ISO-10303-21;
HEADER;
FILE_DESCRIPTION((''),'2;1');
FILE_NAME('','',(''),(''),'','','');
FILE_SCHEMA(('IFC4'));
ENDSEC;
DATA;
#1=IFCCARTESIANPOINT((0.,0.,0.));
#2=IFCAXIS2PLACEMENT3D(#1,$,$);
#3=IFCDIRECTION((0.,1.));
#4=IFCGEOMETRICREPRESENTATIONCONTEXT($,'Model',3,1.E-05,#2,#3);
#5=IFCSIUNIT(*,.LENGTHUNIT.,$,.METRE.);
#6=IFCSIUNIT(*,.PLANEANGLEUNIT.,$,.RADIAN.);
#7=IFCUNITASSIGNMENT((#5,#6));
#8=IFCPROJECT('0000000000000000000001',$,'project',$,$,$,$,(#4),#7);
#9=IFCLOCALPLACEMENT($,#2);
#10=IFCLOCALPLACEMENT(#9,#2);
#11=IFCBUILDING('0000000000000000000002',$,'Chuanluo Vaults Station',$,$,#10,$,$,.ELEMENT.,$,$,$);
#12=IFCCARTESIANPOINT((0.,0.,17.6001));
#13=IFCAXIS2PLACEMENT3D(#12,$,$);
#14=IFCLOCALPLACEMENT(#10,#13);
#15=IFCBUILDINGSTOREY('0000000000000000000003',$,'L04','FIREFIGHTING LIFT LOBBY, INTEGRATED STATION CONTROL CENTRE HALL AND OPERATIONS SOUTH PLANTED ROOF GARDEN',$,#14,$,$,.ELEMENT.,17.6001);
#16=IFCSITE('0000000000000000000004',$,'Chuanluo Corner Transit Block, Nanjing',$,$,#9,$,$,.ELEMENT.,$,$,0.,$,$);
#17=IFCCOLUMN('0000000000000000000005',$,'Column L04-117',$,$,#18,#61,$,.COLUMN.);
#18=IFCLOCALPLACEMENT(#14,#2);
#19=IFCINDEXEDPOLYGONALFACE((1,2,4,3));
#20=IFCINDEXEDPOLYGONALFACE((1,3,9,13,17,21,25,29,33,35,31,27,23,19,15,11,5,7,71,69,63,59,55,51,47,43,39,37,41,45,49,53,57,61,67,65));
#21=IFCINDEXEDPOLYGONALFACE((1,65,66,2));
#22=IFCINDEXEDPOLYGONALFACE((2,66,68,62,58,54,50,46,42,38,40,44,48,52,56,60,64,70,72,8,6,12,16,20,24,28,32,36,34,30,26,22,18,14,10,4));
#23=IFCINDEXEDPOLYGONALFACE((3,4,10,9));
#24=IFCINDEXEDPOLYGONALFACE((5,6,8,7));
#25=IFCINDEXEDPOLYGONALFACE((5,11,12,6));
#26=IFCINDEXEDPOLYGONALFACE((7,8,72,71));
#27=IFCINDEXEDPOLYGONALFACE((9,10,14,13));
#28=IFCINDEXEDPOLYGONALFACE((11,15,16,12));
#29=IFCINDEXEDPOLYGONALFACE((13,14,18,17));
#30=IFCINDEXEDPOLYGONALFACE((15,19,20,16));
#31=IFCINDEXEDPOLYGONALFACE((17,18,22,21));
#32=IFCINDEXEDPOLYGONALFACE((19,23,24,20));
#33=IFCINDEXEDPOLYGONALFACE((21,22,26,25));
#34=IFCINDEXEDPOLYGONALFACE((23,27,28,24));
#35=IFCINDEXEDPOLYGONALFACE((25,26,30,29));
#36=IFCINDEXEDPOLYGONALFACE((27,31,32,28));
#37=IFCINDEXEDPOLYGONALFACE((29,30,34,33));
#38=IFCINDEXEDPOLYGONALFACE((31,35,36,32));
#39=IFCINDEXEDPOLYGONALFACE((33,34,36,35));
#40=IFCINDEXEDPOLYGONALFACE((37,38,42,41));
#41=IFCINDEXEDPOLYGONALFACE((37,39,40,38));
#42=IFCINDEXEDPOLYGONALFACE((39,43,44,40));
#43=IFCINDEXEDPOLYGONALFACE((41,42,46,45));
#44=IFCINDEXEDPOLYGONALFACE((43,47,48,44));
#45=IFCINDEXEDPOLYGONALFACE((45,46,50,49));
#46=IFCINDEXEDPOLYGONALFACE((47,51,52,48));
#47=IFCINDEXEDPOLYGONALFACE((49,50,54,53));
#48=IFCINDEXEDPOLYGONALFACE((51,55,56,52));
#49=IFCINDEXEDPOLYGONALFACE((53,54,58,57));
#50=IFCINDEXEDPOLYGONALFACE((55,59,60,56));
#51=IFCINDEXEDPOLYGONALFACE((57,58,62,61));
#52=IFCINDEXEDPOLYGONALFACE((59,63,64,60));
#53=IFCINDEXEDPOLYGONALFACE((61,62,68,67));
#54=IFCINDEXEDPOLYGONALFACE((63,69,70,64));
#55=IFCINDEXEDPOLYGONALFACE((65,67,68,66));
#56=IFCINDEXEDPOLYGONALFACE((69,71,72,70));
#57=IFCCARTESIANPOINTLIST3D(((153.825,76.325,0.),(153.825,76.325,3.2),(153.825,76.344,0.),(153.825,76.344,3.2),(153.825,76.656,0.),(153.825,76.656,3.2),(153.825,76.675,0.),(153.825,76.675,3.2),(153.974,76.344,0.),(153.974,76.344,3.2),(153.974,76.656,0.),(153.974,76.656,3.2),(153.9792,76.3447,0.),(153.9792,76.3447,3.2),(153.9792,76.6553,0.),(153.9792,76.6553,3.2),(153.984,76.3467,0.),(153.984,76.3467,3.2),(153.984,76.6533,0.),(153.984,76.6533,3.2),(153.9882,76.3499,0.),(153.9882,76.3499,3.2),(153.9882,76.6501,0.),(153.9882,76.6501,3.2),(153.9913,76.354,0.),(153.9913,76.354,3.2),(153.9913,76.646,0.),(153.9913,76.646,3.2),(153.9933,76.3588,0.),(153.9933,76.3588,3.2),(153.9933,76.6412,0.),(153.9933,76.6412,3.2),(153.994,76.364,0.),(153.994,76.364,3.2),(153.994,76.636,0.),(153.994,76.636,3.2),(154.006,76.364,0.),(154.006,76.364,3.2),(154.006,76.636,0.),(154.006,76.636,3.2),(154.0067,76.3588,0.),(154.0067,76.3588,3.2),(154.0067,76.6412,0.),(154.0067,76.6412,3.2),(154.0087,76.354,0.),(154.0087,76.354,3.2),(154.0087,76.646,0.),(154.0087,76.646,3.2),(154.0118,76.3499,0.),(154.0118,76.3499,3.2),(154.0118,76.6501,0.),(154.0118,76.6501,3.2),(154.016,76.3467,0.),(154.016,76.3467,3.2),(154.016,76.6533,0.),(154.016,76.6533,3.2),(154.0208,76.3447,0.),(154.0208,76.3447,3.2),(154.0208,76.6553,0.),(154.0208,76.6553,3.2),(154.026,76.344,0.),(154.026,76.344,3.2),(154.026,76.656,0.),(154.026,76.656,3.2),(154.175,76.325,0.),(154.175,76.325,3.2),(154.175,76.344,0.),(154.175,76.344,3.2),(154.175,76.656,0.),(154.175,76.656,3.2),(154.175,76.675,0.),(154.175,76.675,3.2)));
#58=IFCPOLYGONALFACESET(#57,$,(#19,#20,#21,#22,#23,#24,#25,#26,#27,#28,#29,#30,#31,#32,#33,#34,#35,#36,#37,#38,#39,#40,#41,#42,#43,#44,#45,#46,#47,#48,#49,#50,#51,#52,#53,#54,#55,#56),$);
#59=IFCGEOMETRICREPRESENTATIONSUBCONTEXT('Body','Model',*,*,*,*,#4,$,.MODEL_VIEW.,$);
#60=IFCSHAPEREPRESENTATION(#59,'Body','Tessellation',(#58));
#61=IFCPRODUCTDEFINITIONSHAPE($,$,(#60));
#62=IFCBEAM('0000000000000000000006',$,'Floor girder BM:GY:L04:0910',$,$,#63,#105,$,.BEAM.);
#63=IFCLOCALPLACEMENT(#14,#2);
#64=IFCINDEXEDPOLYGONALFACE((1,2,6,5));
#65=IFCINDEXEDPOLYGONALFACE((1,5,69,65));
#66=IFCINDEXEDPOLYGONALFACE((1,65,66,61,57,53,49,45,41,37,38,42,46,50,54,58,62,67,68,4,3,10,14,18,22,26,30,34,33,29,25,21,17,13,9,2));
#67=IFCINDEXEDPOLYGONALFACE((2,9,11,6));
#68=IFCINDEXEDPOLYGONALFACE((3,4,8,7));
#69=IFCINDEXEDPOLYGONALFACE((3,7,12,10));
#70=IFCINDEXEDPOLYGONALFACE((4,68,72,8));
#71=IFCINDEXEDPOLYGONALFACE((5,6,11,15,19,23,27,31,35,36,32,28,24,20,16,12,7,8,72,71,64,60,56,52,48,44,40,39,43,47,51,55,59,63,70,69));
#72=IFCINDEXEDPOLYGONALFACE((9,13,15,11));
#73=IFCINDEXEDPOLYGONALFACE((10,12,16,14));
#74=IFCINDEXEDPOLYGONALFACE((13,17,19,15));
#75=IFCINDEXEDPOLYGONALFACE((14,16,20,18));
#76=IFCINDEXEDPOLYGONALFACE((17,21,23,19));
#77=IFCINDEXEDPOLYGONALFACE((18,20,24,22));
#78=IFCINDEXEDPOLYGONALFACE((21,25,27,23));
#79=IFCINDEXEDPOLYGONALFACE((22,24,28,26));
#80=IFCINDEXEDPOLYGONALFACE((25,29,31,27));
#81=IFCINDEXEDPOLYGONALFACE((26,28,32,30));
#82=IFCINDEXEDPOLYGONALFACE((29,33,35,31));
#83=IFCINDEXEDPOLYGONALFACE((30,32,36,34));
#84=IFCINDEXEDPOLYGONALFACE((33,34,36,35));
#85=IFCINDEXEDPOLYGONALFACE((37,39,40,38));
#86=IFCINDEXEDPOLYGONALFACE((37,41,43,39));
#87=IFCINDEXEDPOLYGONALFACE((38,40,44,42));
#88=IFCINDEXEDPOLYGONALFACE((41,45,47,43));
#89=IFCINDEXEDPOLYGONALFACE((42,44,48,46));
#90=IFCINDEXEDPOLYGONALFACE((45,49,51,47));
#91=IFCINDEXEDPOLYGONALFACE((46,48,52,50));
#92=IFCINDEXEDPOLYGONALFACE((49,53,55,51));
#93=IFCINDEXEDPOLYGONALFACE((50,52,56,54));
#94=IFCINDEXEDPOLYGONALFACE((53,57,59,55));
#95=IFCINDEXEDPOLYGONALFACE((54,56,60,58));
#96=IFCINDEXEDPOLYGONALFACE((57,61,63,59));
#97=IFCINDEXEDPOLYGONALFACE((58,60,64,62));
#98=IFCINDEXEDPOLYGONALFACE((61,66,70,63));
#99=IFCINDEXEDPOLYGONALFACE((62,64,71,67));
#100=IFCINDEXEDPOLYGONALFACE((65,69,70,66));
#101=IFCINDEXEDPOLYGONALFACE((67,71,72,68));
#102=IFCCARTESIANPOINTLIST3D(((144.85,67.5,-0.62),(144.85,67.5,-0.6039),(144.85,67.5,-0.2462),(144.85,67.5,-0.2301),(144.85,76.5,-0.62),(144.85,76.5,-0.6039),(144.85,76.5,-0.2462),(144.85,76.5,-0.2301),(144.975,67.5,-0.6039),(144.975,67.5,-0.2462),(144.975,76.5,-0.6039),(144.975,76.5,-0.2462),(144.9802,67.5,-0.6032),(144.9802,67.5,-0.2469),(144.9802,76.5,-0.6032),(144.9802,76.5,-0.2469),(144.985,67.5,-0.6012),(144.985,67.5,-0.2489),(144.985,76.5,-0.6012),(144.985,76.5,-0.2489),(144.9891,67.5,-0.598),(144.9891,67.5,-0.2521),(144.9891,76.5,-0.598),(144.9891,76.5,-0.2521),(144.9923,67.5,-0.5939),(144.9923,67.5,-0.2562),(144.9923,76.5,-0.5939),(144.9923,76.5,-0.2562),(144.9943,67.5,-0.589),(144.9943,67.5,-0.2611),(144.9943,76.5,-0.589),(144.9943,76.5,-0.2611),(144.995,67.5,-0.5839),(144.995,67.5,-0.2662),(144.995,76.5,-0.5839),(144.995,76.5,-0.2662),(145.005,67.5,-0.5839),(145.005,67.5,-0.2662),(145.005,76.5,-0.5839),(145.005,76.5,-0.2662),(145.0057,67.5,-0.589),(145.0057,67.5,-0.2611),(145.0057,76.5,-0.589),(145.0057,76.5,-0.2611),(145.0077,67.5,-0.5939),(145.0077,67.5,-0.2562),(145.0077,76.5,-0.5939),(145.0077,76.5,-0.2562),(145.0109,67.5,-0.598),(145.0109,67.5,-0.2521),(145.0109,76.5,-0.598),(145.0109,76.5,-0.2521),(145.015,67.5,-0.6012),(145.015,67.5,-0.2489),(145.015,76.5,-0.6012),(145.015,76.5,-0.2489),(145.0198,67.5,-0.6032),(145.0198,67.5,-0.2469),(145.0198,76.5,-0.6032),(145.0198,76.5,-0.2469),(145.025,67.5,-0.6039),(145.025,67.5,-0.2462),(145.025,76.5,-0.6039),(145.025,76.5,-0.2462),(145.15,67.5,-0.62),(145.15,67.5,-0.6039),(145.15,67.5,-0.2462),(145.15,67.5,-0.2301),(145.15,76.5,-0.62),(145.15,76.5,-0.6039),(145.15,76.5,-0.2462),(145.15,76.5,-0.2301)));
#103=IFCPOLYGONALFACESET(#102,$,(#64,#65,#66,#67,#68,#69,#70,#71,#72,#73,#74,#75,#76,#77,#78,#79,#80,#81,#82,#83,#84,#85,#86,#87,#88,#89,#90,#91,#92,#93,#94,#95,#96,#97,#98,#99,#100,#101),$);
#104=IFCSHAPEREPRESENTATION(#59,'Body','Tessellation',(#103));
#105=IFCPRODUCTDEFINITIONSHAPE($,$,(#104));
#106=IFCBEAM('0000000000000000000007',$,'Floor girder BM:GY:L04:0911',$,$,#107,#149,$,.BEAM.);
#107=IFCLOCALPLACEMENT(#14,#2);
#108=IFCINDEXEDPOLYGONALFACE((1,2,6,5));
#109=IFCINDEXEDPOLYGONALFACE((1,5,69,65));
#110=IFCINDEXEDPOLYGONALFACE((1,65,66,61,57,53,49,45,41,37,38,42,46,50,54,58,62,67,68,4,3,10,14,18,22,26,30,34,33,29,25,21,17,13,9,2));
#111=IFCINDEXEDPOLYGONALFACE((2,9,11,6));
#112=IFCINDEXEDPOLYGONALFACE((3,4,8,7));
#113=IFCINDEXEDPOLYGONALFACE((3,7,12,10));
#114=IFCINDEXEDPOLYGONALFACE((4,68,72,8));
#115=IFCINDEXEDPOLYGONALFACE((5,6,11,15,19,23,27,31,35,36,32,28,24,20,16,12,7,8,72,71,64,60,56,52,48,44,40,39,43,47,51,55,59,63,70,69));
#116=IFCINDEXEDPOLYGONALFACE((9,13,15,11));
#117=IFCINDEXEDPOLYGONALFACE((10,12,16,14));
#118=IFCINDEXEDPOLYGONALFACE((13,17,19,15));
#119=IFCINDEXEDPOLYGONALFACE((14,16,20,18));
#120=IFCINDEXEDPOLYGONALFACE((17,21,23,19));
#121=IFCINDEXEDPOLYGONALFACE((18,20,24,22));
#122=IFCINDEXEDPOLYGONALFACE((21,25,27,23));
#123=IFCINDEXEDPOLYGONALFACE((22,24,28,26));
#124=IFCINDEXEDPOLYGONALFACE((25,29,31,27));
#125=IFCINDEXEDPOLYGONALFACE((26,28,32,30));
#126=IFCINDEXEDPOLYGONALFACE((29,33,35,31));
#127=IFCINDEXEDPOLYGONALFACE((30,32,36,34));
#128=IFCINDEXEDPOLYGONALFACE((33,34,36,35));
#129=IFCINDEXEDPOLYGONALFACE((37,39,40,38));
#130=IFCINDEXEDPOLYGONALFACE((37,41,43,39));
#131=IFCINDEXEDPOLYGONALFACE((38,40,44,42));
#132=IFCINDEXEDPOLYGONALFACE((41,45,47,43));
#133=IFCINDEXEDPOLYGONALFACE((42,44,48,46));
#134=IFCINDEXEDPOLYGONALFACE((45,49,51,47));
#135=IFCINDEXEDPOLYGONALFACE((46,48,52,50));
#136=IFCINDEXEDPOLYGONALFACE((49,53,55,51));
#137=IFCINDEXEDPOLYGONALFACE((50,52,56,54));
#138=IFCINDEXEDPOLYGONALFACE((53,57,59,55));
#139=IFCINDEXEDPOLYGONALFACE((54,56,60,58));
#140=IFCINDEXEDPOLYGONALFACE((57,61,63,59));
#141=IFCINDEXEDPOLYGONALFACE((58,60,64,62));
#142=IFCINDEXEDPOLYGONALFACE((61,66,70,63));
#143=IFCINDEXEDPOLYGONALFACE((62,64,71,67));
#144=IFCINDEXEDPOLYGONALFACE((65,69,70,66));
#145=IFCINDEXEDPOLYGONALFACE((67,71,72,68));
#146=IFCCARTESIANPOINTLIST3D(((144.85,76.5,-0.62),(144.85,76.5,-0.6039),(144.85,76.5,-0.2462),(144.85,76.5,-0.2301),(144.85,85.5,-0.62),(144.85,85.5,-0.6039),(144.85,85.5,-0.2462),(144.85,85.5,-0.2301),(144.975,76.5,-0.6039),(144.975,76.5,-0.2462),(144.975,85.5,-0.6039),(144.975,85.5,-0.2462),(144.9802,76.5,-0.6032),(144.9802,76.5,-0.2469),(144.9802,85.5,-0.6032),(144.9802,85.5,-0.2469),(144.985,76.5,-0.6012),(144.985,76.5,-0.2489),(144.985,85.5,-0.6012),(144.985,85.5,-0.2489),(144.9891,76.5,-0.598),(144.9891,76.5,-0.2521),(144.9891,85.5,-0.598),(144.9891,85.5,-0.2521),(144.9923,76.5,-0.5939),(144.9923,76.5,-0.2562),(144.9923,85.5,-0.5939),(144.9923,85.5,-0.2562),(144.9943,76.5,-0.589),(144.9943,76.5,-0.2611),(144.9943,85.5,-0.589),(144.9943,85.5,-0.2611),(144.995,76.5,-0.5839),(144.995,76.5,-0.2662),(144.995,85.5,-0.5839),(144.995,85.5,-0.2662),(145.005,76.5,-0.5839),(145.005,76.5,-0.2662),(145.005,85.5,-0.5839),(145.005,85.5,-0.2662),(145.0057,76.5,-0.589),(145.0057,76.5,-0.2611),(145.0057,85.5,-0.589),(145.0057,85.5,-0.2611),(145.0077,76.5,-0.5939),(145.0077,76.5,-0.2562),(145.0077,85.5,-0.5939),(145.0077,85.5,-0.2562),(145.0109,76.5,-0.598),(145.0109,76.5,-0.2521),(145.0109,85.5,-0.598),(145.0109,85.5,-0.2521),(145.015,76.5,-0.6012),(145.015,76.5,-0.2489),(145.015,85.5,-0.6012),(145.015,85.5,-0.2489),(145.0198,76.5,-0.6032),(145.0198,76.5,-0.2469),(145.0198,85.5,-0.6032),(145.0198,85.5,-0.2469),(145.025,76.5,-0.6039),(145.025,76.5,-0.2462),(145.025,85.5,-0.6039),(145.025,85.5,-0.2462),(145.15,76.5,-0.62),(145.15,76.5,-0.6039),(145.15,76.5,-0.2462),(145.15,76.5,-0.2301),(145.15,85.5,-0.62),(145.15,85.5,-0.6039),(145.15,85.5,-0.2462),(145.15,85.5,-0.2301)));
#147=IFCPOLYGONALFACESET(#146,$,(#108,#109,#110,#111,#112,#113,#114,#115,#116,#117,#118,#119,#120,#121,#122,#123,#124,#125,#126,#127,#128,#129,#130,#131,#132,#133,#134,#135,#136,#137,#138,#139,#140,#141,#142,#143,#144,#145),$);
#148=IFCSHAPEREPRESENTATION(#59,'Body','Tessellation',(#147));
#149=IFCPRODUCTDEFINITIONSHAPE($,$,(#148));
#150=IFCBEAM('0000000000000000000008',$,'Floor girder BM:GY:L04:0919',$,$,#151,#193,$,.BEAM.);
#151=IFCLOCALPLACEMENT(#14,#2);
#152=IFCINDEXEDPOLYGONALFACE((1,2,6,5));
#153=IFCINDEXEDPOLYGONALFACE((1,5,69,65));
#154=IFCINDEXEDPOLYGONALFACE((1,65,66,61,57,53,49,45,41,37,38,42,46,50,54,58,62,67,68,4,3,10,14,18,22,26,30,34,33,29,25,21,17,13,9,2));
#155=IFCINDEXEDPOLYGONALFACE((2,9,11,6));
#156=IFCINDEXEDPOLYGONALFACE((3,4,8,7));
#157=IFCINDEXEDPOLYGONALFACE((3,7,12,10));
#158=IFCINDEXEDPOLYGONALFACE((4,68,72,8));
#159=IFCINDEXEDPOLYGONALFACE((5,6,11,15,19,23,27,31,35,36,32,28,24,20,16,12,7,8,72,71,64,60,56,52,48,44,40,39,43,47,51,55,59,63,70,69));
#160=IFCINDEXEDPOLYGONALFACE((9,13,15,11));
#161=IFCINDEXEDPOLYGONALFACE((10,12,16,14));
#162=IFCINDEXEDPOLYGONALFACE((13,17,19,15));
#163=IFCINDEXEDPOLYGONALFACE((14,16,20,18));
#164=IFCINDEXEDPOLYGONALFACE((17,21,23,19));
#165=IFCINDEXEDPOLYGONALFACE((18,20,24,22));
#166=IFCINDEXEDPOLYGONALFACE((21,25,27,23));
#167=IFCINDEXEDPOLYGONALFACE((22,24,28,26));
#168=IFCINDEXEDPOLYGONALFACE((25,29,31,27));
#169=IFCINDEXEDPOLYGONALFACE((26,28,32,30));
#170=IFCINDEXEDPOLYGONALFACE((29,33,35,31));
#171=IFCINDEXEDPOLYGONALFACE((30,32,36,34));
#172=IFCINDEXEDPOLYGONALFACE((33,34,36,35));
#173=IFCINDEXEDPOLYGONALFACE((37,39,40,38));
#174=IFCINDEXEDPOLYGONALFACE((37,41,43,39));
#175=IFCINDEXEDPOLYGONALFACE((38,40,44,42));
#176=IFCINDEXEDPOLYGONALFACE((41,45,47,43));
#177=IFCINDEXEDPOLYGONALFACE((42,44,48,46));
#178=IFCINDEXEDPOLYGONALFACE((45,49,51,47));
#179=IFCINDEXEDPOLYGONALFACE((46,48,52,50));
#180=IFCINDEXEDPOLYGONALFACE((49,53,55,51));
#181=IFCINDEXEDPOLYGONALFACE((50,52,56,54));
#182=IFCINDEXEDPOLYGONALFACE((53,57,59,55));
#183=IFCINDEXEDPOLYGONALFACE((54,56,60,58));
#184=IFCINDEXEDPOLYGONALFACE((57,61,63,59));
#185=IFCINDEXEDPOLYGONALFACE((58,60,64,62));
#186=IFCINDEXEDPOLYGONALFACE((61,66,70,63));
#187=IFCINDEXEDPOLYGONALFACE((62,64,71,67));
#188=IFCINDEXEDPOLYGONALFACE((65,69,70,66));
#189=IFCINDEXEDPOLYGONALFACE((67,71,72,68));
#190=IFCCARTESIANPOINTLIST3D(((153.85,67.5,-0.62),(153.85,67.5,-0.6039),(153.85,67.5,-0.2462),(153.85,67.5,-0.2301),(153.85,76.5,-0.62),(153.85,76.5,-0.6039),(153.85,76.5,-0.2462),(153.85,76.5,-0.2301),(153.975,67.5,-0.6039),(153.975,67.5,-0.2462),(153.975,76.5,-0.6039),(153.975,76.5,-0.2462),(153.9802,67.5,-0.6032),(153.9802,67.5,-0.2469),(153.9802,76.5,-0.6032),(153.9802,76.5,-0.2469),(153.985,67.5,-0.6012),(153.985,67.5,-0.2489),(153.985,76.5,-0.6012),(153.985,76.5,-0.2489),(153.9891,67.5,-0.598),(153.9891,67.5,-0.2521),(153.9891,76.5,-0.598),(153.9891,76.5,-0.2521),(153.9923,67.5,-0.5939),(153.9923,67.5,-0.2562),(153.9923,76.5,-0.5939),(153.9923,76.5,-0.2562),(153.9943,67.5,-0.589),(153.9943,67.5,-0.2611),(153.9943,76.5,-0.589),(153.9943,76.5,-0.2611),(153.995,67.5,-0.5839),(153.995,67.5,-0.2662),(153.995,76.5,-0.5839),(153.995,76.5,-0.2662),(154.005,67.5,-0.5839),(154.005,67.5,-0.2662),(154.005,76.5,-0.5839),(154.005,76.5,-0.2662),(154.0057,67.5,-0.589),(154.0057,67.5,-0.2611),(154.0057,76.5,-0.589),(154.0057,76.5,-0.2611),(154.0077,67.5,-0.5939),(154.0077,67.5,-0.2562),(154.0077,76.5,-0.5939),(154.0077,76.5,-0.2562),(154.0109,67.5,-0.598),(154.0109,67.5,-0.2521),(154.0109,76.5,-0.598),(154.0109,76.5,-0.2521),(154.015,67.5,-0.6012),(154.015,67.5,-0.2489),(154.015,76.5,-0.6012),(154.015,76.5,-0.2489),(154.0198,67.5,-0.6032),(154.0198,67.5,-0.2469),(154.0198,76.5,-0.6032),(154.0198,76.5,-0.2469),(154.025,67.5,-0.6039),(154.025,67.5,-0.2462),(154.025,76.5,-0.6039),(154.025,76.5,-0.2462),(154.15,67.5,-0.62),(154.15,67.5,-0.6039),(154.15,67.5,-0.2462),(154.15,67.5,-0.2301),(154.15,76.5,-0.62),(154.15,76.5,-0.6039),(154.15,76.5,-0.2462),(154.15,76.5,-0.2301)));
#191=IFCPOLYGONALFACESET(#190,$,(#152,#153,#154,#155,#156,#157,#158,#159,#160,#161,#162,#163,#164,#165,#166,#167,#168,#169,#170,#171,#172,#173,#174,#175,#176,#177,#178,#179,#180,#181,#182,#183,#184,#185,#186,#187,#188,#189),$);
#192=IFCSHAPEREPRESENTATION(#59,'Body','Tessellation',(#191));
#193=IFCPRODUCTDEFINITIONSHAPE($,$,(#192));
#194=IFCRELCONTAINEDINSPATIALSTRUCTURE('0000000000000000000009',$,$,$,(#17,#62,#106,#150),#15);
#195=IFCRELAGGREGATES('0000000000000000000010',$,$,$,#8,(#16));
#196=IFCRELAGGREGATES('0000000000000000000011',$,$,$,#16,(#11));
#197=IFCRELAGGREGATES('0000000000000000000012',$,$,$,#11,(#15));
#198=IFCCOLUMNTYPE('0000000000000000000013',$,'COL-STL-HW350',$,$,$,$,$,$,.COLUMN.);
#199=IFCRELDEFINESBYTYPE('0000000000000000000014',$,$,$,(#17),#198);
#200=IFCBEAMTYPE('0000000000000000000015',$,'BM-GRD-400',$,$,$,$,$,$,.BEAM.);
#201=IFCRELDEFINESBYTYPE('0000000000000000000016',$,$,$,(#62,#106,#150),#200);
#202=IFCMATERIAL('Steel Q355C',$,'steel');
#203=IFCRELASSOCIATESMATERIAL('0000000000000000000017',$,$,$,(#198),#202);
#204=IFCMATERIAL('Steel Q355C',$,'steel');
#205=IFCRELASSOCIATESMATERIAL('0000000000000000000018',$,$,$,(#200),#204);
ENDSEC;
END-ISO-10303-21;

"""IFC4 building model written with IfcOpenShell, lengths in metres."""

from ifc_helpers import new_model, si_unit, direction, frame, origin, origin_2d, place, context, subcontext, project, spatial, i_section, extrude, material, material_profile, profile_set, type_object, element, save


model = new_model("IFC4")

# Units and contexts
model_context = context("Model", 3, precision=1e-05, world=origin(), true_north=direction((0.0, 1.0)))
body_context = subcontext(model_context, "Body", "Model", "MODEL_VIEW")
ifc_project = project(units=[si_unit("LENGTHUNIT", "METRE"), si_unit("PLANEANGLEUNIT", "RADIAN")], contexts=[model_context])

# Site, building, storey
site_placement = place(None, origin())
site = spatial("IfcSite", under=ifc_project, at=site_placement, Name="Chuanluo Corner Transit Block, Nanjing", CompositionType="ELEMENT", RefElevation=0.0)
building_placement = place(site_placement, origin())
building = spatial("IfcBuilding", under=site, at=building_placement, Name="Chuanluo Vaults Station", CompositionType="ELEMENT")
storey_placement = place(building_placement, frame((0.0, 0.0, 17.6001)))
storey = spatial("IfcBuildingStorey", under=building, at=storey_placement, Name="L04", Description="FIREFIGHTING LIFT LOBBY, INTEGRATED STATION CONTROL CENTRE HALL AND OPERATIONS SOUTH PLANTED ROOF GARDEN", CompositionType="ELEMENT", Elevation=17.6001)

# Column
ifc_material_1 = material(Name="Steel Q355C", Category="steel")
ifc_material_profile_1 = material_profile(ifc_material_1, i_section(OverallWidth=0.3501, OverallDepth=0.3501, WebThickness=0.012, FlangeThickness=0.019, FilletRadius=0.02, at=origin_2d()))
ifc_profile_set_1 = profile_set([ifc_material_profile_1], Name="Steel Q355C")
column_type = type_object("IfcColumnType", Name="COL-STL-HW350", PredefinedType="COLUMN", material=ifc_profile_set_1)
column_placement = place(storey_placement, frame((154.0, 76.5, 0.0), z_axis=(0.0, 0.0, 1.0), x_axis=(1.0, 0.0, 0.0)))
element("IfcColumn", 1, at=column_placement, inside=storey, type_object=column_type, Name="Column L04-117", PredefinedType="COLUMN", context=body_context, shape_type="SweptSolid", body=[
    extrude(i_section(OverallWidth=0.3501, OverallDepth=0.3501, WebThickness=0.012, FlangeThickness=0.019, FilletRadius=0.02, at=origin_2d()), origin(), (0.0, 0.0, 1.0), 3.2),
])

# Beams
ifc_material_2 = material(Name="Steel Q355C", Category="steel")
ifc_material_profile_2 = material_profile(ifc_material_2, i_section(OverallWidth=0.3, OverallDepth=0.3899, WebThickness=0.01, FlangeThickness=0.0161, FilletRadius=0.02, at=origin_2d()))
ifc_profile_set_2 = profile_set([ifc_material_profile_2], Name="Steel Q355C")
beam_type_1 = type_object("IfcBeamType", Name="BM-GRD-400", PredefinedType="BEAM", material=ifc_profile_set_2)
for number, where, z_axis, x_axis, name in (
    (2, (145.0, 67.5, -0.425), (0.0, 1.0, 0.0), (-1.0, 0.0, 0.0), "Floor girder BM:GY:L04:0910"),
    (3, (145.0, 76.5, -0.425), (0.0, 1.0, 0.0), (-1.0, 0.0, 0.0), "Floor girder BM:GY:L04:0911"),
    (4, (154.0, 67.5, -0.425), (0.0, 1.0, 0.0), (-1.0, 0.0, 0.0), "Floor girder BM:GY:L04:0919"),
):
    element("IfcBeam", number, at=place(storey_placement, frame(where, z_axis=z_axis, x_axis=x_axis)), inside=storey, type_object=beam_type_1, Name=name, PredefinedType="BEAM", context=body_context, shape_type="SweptSolid", body=[
        extrude(i_section(OverallWidth=0.3, OverallDepth=0.3899, WebThickness=0.01, FlangeThickness=0.0161, FilletRadius=0.02, at=origin_2d()), origin(), (0.0, 0.0, 1.0), 9.0),
    ])

save(model, "model.ifc")
